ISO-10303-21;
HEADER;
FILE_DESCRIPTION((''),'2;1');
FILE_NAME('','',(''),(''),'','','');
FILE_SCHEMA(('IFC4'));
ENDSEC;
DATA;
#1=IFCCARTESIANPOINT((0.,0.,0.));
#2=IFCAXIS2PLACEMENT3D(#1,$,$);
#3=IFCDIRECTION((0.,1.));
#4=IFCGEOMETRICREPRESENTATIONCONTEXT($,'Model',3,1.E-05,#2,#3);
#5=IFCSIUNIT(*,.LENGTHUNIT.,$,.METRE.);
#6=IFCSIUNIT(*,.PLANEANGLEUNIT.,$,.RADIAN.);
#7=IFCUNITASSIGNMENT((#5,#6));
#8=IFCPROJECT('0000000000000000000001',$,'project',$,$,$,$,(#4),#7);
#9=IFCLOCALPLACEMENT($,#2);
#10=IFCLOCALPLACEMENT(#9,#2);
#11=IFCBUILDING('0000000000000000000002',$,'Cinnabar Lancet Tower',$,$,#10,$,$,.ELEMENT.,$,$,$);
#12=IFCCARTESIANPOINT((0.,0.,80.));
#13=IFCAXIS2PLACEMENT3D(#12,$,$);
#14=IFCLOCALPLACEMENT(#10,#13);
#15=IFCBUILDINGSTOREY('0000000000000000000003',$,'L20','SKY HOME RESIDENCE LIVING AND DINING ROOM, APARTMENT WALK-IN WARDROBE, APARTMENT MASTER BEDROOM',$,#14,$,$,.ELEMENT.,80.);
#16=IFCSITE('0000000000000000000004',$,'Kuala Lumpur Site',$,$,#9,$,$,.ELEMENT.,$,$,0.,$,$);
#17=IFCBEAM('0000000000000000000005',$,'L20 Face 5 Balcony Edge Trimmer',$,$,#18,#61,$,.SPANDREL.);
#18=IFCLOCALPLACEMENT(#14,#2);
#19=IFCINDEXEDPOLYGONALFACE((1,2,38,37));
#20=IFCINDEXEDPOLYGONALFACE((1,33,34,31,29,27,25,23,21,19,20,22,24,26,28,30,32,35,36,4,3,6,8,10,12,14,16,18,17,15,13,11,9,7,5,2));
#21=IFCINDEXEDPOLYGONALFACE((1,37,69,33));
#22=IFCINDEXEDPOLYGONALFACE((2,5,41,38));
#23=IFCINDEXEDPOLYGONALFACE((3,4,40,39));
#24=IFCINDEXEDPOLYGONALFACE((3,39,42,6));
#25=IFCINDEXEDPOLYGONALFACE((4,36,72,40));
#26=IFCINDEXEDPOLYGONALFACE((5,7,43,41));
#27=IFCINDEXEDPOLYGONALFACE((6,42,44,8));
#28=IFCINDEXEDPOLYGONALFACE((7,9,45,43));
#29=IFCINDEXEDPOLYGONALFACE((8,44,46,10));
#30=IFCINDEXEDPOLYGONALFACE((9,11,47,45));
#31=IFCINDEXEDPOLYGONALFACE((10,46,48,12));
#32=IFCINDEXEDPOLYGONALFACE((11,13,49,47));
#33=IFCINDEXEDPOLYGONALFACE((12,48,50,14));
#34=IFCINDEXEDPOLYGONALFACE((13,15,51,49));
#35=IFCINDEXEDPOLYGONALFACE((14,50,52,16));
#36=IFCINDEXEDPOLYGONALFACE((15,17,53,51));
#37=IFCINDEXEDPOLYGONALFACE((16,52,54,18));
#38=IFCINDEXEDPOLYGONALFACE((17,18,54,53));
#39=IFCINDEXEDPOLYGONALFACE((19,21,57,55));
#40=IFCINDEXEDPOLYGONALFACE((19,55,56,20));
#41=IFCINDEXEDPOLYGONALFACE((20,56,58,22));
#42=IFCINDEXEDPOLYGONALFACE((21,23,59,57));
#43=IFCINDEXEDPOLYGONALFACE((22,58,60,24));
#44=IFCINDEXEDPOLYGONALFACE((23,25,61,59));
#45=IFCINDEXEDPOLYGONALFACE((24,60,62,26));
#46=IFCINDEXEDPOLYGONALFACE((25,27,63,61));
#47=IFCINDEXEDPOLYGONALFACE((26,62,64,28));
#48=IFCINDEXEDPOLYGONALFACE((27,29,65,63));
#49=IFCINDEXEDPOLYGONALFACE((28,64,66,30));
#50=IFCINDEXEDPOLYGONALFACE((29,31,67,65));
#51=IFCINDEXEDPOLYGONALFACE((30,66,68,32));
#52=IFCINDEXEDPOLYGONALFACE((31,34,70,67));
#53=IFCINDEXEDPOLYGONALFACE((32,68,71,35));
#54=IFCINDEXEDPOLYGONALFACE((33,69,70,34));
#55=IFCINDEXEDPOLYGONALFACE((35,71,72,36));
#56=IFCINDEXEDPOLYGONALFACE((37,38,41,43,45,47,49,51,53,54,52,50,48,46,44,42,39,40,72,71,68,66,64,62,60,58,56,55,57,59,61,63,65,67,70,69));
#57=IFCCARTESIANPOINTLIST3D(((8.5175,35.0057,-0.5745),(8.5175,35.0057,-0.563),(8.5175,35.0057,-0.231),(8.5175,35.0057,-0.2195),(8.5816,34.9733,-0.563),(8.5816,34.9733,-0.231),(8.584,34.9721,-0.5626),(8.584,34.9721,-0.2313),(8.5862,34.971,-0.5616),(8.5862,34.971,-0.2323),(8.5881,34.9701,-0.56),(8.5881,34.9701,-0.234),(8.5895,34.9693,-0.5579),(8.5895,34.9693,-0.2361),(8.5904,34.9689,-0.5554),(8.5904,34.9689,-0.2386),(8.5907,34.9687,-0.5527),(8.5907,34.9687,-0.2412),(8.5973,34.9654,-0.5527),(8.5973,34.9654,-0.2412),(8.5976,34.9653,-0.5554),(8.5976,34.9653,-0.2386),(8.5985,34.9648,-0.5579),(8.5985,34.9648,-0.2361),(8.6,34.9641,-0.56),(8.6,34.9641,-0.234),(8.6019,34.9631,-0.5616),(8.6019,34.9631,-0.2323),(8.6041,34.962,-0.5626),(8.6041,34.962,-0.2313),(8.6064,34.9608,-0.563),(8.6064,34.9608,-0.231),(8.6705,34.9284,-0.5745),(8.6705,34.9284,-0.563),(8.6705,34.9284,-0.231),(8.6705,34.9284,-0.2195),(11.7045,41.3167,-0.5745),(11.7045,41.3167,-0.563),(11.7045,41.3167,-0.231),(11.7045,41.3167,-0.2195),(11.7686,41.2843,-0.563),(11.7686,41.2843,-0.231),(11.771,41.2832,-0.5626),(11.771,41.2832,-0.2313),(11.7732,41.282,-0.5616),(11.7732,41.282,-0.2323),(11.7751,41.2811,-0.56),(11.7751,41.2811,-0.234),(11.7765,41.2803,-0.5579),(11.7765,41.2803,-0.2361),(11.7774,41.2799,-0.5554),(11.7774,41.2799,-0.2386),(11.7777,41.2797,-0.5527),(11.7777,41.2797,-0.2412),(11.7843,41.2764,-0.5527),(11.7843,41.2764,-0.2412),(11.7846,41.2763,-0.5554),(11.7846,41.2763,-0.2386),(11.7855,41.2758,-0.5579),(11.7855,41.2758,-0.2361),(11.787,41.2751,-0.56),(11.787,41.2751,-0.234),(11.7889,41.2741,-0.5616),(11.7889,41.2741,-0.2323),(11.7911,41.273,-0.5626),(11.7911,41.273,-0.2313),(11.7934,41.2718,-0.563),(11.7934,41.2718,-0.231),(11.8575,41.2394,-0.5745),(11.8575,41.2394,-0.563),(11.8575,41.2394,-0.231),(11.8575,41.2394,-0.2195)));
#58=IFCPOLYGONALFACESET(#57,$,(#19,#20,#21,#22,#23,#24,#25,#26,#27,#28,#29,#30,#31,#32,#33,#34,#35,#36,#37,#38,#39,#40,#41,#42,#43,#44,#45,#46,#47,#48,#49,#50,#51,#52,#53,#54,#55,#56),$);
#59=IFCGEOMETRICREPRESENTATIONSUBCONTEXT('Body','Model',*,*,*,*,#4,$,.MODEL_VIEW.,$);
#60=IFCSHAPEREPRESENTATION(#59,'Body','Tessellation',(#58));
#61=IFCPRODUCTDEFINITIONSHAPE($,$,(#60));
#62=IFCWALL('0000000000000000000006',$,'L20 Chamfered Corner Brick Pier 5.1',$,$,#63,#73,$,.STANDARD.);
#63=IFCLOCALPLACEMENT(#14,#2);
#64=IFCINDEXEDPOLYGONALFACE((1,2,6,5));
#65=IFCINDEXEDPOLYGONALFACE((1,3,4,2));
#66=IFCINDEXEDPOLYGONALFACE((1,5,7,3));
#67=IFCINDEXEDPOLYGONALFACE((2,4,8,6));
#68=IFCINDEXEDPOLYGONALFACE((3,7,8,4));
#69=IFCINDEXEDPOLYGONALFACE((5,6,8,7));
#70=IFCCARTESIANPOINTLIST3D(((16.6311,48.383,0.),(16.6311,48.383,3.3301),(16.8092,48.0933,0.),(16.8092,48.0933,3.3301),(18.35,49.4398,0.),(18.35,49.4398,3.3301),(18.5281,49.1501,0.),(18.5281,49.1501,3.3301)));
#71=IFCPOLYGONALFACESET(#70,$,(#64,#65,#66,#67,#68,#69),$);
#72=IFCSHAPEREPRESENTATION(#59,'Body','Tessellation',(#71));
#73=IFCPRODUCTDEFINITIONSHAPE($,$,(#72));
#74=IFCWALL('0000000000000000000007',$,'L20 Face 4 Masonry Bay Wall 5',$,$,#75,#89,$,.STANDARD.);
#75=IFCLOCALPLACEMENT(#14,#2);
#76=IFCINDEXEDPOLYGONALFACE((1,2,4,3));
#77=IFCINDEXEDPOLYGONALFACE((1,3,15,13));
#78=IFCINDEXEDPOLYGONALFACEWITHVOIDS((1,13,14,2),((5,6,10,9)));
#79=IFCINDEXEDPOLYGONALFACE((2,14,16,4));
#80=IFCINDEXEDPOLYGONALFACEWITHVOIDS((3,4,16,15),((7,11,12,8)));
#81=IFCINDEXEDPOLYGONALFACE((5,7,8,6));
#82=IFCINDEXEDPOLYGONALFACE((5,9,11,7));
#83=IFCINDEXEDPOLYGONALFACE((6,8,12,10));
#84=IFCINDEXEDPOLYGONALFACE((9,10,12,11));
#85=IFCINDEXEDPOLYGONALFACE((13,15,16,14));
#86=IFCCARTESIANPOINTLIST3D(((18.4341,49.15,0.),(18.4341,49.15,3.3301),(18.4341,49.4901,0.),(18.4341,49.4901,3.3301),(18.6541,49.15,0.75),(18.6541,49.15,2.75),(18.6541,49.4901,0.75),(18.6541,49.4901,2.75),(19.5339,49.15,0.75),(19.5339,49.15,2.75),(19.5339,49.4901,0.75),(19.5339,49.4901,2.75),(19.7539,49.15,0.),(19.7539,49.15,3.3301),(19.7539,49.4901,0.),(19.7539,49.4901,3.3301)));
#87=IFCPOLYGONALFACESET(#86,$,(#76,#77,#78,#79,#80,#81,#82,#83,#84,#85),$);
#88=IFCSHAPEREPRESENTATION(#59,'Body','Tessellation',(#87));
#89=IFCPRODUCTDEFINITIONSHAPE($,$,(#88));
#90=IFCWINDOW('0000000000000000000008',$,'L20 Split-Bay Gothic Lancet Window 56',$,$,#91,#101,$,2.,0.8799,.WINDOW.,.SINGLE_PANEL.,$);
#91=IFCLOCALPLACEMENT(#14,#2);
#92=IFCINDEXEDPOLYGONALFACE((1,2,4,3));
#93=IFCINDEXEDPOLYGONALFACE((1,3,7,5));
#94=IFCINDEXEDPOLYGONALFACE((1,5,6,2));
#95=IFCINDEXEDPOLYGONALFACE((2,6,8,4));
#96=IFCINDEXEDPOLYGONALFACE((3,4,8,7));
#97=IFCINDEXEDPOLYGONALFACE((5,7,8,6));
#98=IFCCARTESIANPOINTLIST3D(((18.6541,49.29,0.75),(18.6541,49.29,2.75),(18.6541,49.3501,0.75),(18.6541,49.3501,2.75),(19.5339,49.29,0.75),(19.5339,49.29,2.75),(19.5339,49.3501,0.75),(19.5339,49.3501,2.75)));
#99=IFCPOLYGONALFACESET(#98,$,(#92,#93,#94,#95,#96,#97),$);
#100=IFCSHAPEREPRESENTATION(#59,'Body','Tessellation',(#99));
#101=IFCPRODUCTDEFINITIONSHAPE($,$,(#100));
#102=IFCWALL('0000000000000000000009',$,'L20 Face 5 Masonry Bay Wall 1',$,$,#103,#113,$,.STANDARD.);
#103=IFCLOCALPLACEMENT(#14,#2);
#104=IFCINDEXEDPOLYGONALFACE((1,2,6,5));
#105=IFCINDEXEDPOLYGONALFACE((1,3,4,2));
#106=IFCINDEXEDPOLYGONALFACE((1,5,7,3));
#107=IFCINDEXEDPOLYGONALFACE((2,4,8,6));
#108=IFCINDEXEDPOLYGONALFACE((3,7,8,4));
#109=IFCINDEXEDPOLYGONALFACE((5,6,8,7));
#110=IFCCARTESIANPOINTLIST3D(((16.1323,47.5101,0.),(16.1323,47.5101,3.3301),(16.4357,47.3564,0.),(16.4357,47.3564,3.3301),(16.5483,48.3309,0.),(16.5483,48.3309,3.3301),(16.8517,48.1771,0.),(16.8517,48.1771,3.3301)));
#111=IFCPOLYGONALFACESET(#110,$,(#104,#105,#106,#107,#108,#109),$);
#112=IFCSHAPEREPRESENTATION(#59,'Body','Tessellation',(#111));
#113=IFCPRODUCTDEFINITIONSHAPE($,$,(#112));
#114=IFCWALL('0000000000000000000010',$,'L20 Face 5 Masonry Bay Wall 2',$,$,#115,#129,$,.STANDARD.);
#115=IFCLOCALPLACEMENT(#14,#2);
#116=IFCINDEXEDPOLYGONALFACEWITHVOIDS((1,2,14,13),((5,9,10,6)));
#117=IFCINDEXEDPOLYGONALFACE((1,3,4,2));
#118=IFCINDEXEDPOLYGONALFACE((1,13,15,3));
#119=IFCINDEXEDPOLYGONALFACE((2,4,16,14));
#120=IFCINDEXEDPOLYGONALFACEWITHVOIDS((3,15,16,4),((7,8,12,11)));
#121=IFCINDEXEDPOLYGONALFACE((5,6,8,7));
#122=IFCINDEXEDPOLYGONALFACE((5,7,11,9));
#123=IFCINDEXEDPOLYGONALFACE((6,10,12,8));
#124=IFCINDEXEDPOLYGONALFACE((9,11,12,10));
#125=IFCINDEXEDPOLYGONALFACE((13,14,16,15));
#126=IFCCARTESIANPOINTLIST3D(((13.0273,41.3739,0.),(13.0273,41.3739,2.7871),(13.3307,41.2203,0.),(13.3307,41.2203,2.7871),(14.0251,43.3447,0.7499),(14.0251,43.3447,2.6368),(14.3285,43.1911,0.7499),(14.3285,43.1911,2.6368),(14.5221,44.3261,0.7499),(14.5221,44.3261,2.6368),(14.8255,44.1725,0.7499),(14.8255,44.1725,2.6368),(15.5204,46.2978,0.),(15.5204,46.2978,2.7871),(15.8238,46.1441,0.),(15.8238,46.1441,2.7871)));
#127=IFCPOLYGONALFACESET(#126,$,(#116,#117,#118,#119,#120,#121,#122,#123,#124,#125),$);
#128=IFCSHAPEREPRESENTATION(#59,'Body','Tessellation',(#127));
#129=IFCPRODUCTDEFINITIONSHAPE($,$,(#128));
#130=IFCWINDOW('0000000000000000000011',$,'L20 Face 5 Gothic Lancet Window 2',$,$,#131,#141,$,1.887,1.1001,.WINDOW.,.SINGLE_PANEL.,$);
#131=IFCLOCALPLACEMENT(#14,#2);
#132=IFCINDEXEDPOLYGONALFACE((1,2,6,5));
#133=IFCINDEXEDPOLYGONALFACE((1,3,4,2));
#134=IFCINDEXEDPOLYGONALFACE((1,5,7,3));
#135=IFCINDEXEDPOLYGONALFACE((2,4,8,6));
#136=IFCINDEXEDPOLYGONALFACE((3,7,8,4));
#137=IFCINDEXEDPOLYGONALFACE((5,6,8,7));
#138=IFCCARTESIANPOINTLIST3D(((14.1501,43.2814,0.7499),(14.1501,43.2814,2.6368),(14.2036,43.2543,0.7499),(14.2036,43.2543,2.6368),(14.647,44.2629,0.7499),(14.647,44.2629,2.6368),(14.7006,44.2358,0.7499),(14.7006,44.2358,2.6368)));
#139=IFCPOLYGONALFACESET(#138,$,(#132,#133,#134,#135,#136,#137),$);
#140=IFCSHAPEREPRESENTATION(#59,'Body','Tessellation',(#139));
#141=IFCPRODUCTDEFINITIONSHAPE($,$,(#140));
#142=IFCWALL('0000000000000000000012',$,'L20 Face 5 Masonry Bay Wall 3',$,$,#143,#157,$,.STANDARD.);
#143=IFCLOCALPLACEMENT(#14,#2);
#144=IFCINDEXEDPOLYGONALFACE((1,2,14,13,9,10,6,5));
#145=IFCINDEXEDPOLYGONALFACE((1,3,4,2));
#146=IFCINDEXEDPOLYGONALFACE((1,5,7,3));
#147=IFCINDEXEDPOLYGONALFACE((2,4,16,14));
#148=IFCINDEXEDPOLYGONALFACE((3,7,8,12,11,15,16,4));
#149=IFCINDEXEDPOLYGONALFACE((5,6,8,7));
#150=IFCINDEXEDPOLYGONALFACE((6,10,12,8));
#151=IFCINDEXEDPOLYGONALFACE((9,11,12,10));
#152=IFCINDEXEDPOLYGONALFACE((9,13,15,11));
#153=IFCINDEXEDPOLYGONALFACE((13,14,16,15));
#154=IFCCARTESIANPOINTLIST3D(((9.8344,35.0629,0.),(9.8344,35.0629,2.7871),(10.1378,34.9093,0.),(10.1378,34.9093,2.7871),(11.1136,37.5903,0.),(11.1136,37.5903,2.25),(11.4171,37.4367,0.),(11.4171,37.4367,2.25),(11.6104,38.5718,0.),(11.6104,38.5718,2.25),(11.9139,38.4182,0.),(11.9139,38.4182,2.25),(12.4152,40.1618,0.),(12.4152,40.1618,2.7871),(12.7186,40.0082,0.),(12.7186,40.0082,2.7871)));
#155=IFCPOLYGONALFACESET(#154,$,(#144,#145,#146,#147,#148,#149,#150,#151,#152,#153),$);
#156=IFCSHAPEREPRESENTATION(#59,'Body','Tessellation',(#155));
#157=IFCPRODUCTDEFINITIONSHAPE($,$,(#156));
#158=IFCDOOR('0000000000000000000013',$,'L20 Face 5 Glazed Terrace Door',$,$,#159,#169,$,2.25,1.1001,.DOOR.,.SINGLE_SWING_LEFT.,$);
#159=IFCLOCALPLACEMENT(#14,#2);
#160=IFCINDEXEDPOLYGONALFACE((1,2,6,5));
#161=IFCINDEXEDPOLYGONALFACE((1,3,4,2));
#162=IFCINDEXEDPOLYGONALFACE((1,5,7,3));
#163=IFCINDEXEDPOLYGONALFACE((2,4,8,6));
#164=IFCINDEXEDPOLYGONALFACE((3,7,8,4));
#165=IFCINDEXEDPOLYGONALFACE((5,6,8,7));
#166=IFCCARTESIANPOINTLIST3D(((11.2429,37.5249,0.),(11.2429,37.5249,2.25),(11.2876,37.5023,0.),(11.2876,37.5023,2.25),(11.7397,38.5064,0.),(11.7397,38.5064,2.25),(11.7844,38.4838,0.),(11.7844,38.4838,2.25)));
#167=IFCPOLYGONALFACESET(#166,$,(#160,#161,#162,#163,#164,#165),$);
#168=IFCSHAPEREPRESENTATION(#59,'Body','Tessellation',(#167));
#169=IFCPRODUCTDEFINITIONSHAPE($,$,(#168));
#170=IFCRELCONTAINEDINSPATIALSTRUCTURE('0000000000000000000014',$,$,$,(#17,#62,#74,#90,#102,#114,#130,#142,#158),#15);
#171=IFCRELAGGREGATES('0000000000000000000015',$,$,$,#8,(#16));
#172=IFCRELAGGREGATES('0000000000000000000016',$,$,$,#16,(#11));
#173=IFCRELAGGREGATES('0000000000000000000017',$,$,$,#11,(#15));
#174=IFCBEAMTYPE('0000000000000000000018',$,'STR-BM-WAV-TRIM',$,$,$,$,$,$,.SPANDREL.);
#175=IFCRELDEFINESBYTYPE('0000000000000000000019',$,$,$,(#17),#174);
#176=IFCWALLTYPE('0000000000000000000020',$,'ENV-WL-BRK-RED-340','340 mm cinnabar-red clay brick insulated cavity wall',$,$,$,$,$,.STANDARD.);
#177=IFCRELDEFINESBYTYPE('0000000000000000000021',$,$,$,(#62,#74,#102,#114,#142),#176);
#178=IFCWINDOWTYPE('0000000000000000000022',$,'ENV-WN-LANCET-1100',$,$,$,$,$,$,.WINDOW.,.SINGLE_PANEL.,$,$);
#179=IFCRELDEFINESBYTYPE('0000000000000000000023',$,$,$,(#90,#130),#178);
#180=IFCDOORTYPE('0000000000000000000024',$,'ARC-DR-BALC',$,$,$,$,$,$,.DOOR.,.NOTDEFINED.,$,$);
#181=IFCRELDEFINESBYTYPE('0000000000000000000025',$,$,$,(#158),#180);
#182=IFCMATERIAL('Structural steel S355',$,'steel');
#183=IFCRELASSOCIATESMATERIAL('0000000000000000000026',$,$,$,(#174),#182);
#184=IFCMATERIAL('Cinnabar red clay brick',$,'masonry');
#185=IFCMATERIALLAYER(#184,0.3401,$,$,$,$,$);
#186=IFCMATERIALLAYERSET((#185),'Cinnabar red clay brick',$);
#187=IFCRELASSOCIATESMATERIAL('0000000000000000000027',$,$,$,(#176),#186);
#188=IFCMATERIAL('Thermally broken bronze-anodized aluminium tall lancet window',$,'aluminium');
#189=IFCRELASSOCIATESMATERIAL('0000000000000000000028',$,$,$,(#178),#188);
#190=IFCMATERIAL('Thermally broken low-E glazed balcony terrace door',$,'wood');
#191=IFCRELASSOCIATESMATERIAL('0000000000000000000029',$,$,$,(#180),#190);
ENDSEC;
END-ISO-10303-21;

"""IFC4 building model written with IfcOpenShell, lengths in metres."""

from ifc_helpers import new_model, si_unit, direction, frame, frame_2d, origin, origin_2d, place, context, subcontext, project, spatial, rectangle, i_section, extrude, material, layer, layer_set, material_profile, profile_set, type_object, element, fill, save


model = new_model("IFC4")

# Units and contexts
model_context = context("Model", 3, precision=1e-05, world=origin(), true_north=direction((0.0, 1.0)))
body_context = subcontext(model_context, "Body", "Model", "MODEL_VIEW")
ifc_project = project(units=[si_unit("LENGTHUNIT", "METRE"), si_unit("PLANEANGLEUNIT", "RADIAN")], contexts=[model_context])

# Site, building, storey
site_placement = place(None, origin())
site = spatial("IfcSite", under=ifc_project, at=site_placement, Name="Kuala Lumpur Site", CompositionType="ELEMENT", RefElevation=0.0)
building_placement = place(site_placement, origin())
building = spatial("IfcBuilding", under=site, at=building_placement, Name="Cinnabar Lancet Tower", CompositionType="ELEMENT")
storey_placement = place(building_placement, frame((0.0, 0.0, 80.0)))
storey = spatial("IfcBuildingStorey", under=building, at=storey_placement, Name="L20", Description="SKY HOME RESIDENCE LIVING AND DINING ROOM, APARTMENT WALK-IN WARDROBE, APARTMENT MASTER BEDROOM", CompositionType="ELEMENT", Elevation=80.0)

# Beam
ifc_material_1 = material(Name="Structural steel S355", Category="steel")
ifc_material_profile_1 = material_profile(ifc_material_1, i_section(OverallWidth=0.1714, OverallDepth=0.355, WebThickness=0.0073, FlangeThickness=0.0115, FilletRadius=0.0103, at=origin_2d()), Name="UKB 356x171x51")
ifc_profile_set_1 = profile_set([ifc_material_profile_1], Name="Structural steel S355")
beam_type_1 = type_object("IfcBeamType", Name="STR-BM-WAV-TRIM", PredefinedType="SPANDREL", material=ifc_profile_set_1)
beam_1_placement = place(storey_placement, frame((11.781, 41.2781, -0.397), z_axis=(-0.450774, -0.892638, 0.0), x_axis=(0.892638, -0.450774, 0.0)))
element("IfcBeam", 1, at=beam_1_placement, inside=storey, type_object=beam_type_1, Name="L20 Face 5 Balcony Edge Trimmer", PredefinedType="SPANDREL", context=body_context, shape_type="SweptSolid", body=[
    extrude(i_section(OverallWidth=0.1714, OverallDepth=0.355, WebThickness=0.0073, FlangeThickness=0.0115, FilletRadius=0.0103, at=origin_2d()), origin(), (0.0, 0.0, 1.0), 7.0701),
])

# Wall
ifc_material_2 = material(Name="Cinnabar red clay brick", Category="masonry")
ifc_layer_1 = layer(ifc_material_2, 0.3401)
ifc_layer_set_1 = layer_set([ifc_layer_1], Name="Cinnabar red clay brick")
wall_type = type_object("IfcWallType", Name="ENV-WL-BRK-RED-340", Description="340 mm cinnabar-red clay brick insulated cavity wall", PredefinedType="STANDARD", material=ifc_layer_set_1)
wall_1_placement = place(storey_placement, frame((18.439, 49.2949, 0.0), z_axis=(0.0, 0.0, 1.0), x_axis=(-0.85187, -0.523753, 0.0)))
element("IfcWall", 2, at=wall_1_placement, inside=storey, type_object=wall_type, Name="L20 Chamfered Corner Brick Pier 5.1", PredefinedType="STANDARD", context=body_context, shape_type="SweptSolid", body=[
    extrude(rectangle(XDim=2.0178, YDim=0.3401, at=frame_2d((1.0088, 0.0))), origin(), (0.0, 0.0, 1.0), 3.3301),
])

# Wall, opening, window
wall_2_placement = place(storey_placement, frame((19.7539, 49.3201, 0.0), z_axis=(0.0, 0.0, 1.0), x_axis=(-1.0, 0.0, 0.0)))
wall_2 = element("IfcWall", 3, at=wall_2_placement, inside=storey, type_object=wall_type, Name="L20 Face 4 Masonry Bay Wall 5", PredefinedType="STANDARD", context=body_context, shape_type="SweptSolid", body=[
    extrude(rectangle(XDim=1.3198, YDim=0.3401, at=frame_2d((0.6599, 0.0))), origin(), (0.0, 0.0, 1.0), 3.3301),
])
opening_1_placement = place(wall_2_placement, frame((0.22, 0.0, 0.75)))
opening_1 = element("IfcOpeningElement", 4, at=opening_1_placement, cuts=wall_2, PredefinedType="OPENING", context=body_context, shape_type="SweptSolid", body=[
    extrude(rectangle(XDim=0.8799, YDim=2.0, at=frame_2d((0.4399, 1.0))), frame((0.0, 0.1799, 0.0), z_axis=(0.0, -1.0, 0.0), x_axis=(1.0, 0.0, 0.0)), (0.0, 0.0, 1.0), 0.3601),
])
ifc_material_3 = material(Name="Thermally broken bronze-anodized aluminium tall lancet window", Category="aluminium")
window_type = type_object("IfcWindowType", Name="ENV-WN-LANCET-1100", PartitioningType="SINGLE_PANEL", PredefinedType="WINDOW", material=ifc_material_3)
window_1_placement = place(opening_1_placement, origin())
window_1 = element("IfcWindow", 5, at=window_1_placement, inside=storey, type_object=window_type, Name="L20 Split-Bay Gothic Lancet Window 56", OverallHeight=2.0, OverallWidth=0.8799, PartitioningType="SINGLE_PANEL", PredefinedType="WINDOW", context=body_context, shape_type="SweptSolid", body=[
    extrude(rectangle(XDim=0.8799, YDim=2.0, at=frame_2d((0.4399, 1.0))), frame((0.0, 0.03, 0.0), z_axis=(0.0, -1.0, 0.0), x_axis=(1.0, 0.0, 0.0)), (0.0, 0.0, 1.0), 0.0601),
])
fill(opening_1, window_1)

# Wall
wall_3_placement = place(storey_placement, frame((16.7, 48.2539, 0.0), z_axis=(0.0, 0.0, 1.0), x_axis=(-0.452089, -0.891973, 0.0)))
element("IfcWall", 6, at=wall_3_placement, inside=storey, type_object=wall_type, Name="L20 Face 5 Masonry Bay Wall 1", PredefinedType="STANDARD", context=body_context, shape_type="SweptSolid", body=[
    extrude(rectangle(XDim=0.9202, YDim=0.3401, at=frame_2d((0.46, 0.0))), origin(), (0.0, 0.0, 1.0), 3.3301),
])

# Wall, opening, window
wall_4_placement = place(storey_placement, frame((15.6721, 46.2209, 0.0), z_axis=(0.0, 0.0, 1.0), x_axis=(-0.451738, -0.892151, 0.0)))
wall_4 = element("IfcWall", 7, at=wall_4_placement, inside=storey, type_object=wall_type, Name="L20 Face 5 Masonry Bay Wall 2", PredefinedType="STANDARD", context=body_context, shape_type="SweptSolid", body=[
    extrude(rectangle(XDim=5.519, YDim=0.3401, at=frame_2d((2.7595, 0.0))), origin(), (0.0, 0.0, 1.0), 2.7871),
])
opening_2_placement = place(wall_4_placement, frame((2.21, 0.0, 0.75)))
opening_2 = element("IfcOpeningElement", 8, at=opening_2_placement, cuts=wall_4, PredefinedType="OPENING", context=body_context, shape_type="SweptSolid", body=[
    extrude(rectangle(XDim=1.1001, YDim=1.887, at=frame_2d((0.55, 0.9434))), frame((0.0, 0.1799, 0.0), z_axis=(0.0, -1.0, 0.0), x_axis=(1.0, 0.0, 0.0)), (0.0, 0.0, 1.0), 0.3601),
])
window_2_placement = place(opening_2_placement, origin())
window_2 = element("IfcWindow", 9, at=window_2_placement, inside=storey, type_object=window_type, Name="L20 Face 5 Gothic Lancet Window 2", OverallHeight=1.887, OverallWidth=1.1001, PartitioningType="SINGLE_PANEL", PredefinedType="WINDOW", context=body_context, shape_type="SweptSolid", body=[
    extrude(rectangle(XDim=1.1001, YDim=1.887, at=frame_2d((0.55, 0.9434))), frame((0.0, 0.03, 0.0), z_axis=(0.0, -1.0, 0.0), x_axis=(1.0, 0.0, 0.0)), (0.0, 0.0, 1.0), 0.0601),
])
fill(opening_2, window_2)

# Wall, opening, door
wall_5_placement = place(storey_placement, frame((12.5669, 40.085, 0.0), z_axis=(0.0, 0.0, 1.0), x_axis=(-0.4516, -0.892221, 0.0)))
wall_5 = element("IfcWall", 10, at=wall_5_placement, inside=storey, type_object=wall_type, Name="L20 Face 5 Masonry Bay Wall 3", PredefinedType="STANDARD", context=body_context, shape_type="SweptSolid", body=[
    extrude(rectangle(XDim=5.7148, YDim=0.3401, at=frame_2d((2.8574, 0.0))), origin(), (0.0, 0.0, 1.0), 2.7871),
])
opening_3_placement = place(wall_5_placement, frame((1.782, 0.0, 0.0)))
opening_3 = element("IfcOpeningElement", 11, at=opening_3_placement, cuts=wall_5, PredefinedType="OPENING", context=body_context, shape_type="SweptSolid", body=[
    extrude(rectangle(XDim=1.1001, YDim=2.25, at=frame_2d((0.55, 1.125))), frame((0.0, 0.1799, 0.0), z_axis=(0.0, -1.0, 0.0), x_axis=(1.0, 0.0, 0.0)), (0.0, 0.0, 1.0), 0.3601),
])
ifc_material_4 = material(Name="Thermally broken low-E glazed balcony terrace door", Category="wood")
door_type = type_object("IfcDoorType", Name="ARC-DR-BALC", OperationType="NOTDEFINED", PredefinedType="DOOR", material=ifc_material_4)
door_placement = place(opening_3_placement, origin())
door = element("IfcDoor", 12, at=door_placement, inside=storey, type_object=door_type, Name="L20 Face 5 Glazed Terrace Door", OperationType="SINGLE_SWING_LEFT", OverallHeight=2.25, OverallWidth=1.1001, PredefinedType="DOOR", context=body_context, shape_type="SweptSolid", body=[
    extrude(rectangle(XDim=1.1001, YDim=2.25, at=frame_2d((0.55, 1.125))), frame((0.0, 0.0249, 0.0), z_axis=(0.0, -1.0, 0.0), x_axis=(1.0, 0.0, 0.0)), (0.0, 0.0, 1.0), 0.05),
])
fill(opening_3, door)

save(model, "model.ifc")
